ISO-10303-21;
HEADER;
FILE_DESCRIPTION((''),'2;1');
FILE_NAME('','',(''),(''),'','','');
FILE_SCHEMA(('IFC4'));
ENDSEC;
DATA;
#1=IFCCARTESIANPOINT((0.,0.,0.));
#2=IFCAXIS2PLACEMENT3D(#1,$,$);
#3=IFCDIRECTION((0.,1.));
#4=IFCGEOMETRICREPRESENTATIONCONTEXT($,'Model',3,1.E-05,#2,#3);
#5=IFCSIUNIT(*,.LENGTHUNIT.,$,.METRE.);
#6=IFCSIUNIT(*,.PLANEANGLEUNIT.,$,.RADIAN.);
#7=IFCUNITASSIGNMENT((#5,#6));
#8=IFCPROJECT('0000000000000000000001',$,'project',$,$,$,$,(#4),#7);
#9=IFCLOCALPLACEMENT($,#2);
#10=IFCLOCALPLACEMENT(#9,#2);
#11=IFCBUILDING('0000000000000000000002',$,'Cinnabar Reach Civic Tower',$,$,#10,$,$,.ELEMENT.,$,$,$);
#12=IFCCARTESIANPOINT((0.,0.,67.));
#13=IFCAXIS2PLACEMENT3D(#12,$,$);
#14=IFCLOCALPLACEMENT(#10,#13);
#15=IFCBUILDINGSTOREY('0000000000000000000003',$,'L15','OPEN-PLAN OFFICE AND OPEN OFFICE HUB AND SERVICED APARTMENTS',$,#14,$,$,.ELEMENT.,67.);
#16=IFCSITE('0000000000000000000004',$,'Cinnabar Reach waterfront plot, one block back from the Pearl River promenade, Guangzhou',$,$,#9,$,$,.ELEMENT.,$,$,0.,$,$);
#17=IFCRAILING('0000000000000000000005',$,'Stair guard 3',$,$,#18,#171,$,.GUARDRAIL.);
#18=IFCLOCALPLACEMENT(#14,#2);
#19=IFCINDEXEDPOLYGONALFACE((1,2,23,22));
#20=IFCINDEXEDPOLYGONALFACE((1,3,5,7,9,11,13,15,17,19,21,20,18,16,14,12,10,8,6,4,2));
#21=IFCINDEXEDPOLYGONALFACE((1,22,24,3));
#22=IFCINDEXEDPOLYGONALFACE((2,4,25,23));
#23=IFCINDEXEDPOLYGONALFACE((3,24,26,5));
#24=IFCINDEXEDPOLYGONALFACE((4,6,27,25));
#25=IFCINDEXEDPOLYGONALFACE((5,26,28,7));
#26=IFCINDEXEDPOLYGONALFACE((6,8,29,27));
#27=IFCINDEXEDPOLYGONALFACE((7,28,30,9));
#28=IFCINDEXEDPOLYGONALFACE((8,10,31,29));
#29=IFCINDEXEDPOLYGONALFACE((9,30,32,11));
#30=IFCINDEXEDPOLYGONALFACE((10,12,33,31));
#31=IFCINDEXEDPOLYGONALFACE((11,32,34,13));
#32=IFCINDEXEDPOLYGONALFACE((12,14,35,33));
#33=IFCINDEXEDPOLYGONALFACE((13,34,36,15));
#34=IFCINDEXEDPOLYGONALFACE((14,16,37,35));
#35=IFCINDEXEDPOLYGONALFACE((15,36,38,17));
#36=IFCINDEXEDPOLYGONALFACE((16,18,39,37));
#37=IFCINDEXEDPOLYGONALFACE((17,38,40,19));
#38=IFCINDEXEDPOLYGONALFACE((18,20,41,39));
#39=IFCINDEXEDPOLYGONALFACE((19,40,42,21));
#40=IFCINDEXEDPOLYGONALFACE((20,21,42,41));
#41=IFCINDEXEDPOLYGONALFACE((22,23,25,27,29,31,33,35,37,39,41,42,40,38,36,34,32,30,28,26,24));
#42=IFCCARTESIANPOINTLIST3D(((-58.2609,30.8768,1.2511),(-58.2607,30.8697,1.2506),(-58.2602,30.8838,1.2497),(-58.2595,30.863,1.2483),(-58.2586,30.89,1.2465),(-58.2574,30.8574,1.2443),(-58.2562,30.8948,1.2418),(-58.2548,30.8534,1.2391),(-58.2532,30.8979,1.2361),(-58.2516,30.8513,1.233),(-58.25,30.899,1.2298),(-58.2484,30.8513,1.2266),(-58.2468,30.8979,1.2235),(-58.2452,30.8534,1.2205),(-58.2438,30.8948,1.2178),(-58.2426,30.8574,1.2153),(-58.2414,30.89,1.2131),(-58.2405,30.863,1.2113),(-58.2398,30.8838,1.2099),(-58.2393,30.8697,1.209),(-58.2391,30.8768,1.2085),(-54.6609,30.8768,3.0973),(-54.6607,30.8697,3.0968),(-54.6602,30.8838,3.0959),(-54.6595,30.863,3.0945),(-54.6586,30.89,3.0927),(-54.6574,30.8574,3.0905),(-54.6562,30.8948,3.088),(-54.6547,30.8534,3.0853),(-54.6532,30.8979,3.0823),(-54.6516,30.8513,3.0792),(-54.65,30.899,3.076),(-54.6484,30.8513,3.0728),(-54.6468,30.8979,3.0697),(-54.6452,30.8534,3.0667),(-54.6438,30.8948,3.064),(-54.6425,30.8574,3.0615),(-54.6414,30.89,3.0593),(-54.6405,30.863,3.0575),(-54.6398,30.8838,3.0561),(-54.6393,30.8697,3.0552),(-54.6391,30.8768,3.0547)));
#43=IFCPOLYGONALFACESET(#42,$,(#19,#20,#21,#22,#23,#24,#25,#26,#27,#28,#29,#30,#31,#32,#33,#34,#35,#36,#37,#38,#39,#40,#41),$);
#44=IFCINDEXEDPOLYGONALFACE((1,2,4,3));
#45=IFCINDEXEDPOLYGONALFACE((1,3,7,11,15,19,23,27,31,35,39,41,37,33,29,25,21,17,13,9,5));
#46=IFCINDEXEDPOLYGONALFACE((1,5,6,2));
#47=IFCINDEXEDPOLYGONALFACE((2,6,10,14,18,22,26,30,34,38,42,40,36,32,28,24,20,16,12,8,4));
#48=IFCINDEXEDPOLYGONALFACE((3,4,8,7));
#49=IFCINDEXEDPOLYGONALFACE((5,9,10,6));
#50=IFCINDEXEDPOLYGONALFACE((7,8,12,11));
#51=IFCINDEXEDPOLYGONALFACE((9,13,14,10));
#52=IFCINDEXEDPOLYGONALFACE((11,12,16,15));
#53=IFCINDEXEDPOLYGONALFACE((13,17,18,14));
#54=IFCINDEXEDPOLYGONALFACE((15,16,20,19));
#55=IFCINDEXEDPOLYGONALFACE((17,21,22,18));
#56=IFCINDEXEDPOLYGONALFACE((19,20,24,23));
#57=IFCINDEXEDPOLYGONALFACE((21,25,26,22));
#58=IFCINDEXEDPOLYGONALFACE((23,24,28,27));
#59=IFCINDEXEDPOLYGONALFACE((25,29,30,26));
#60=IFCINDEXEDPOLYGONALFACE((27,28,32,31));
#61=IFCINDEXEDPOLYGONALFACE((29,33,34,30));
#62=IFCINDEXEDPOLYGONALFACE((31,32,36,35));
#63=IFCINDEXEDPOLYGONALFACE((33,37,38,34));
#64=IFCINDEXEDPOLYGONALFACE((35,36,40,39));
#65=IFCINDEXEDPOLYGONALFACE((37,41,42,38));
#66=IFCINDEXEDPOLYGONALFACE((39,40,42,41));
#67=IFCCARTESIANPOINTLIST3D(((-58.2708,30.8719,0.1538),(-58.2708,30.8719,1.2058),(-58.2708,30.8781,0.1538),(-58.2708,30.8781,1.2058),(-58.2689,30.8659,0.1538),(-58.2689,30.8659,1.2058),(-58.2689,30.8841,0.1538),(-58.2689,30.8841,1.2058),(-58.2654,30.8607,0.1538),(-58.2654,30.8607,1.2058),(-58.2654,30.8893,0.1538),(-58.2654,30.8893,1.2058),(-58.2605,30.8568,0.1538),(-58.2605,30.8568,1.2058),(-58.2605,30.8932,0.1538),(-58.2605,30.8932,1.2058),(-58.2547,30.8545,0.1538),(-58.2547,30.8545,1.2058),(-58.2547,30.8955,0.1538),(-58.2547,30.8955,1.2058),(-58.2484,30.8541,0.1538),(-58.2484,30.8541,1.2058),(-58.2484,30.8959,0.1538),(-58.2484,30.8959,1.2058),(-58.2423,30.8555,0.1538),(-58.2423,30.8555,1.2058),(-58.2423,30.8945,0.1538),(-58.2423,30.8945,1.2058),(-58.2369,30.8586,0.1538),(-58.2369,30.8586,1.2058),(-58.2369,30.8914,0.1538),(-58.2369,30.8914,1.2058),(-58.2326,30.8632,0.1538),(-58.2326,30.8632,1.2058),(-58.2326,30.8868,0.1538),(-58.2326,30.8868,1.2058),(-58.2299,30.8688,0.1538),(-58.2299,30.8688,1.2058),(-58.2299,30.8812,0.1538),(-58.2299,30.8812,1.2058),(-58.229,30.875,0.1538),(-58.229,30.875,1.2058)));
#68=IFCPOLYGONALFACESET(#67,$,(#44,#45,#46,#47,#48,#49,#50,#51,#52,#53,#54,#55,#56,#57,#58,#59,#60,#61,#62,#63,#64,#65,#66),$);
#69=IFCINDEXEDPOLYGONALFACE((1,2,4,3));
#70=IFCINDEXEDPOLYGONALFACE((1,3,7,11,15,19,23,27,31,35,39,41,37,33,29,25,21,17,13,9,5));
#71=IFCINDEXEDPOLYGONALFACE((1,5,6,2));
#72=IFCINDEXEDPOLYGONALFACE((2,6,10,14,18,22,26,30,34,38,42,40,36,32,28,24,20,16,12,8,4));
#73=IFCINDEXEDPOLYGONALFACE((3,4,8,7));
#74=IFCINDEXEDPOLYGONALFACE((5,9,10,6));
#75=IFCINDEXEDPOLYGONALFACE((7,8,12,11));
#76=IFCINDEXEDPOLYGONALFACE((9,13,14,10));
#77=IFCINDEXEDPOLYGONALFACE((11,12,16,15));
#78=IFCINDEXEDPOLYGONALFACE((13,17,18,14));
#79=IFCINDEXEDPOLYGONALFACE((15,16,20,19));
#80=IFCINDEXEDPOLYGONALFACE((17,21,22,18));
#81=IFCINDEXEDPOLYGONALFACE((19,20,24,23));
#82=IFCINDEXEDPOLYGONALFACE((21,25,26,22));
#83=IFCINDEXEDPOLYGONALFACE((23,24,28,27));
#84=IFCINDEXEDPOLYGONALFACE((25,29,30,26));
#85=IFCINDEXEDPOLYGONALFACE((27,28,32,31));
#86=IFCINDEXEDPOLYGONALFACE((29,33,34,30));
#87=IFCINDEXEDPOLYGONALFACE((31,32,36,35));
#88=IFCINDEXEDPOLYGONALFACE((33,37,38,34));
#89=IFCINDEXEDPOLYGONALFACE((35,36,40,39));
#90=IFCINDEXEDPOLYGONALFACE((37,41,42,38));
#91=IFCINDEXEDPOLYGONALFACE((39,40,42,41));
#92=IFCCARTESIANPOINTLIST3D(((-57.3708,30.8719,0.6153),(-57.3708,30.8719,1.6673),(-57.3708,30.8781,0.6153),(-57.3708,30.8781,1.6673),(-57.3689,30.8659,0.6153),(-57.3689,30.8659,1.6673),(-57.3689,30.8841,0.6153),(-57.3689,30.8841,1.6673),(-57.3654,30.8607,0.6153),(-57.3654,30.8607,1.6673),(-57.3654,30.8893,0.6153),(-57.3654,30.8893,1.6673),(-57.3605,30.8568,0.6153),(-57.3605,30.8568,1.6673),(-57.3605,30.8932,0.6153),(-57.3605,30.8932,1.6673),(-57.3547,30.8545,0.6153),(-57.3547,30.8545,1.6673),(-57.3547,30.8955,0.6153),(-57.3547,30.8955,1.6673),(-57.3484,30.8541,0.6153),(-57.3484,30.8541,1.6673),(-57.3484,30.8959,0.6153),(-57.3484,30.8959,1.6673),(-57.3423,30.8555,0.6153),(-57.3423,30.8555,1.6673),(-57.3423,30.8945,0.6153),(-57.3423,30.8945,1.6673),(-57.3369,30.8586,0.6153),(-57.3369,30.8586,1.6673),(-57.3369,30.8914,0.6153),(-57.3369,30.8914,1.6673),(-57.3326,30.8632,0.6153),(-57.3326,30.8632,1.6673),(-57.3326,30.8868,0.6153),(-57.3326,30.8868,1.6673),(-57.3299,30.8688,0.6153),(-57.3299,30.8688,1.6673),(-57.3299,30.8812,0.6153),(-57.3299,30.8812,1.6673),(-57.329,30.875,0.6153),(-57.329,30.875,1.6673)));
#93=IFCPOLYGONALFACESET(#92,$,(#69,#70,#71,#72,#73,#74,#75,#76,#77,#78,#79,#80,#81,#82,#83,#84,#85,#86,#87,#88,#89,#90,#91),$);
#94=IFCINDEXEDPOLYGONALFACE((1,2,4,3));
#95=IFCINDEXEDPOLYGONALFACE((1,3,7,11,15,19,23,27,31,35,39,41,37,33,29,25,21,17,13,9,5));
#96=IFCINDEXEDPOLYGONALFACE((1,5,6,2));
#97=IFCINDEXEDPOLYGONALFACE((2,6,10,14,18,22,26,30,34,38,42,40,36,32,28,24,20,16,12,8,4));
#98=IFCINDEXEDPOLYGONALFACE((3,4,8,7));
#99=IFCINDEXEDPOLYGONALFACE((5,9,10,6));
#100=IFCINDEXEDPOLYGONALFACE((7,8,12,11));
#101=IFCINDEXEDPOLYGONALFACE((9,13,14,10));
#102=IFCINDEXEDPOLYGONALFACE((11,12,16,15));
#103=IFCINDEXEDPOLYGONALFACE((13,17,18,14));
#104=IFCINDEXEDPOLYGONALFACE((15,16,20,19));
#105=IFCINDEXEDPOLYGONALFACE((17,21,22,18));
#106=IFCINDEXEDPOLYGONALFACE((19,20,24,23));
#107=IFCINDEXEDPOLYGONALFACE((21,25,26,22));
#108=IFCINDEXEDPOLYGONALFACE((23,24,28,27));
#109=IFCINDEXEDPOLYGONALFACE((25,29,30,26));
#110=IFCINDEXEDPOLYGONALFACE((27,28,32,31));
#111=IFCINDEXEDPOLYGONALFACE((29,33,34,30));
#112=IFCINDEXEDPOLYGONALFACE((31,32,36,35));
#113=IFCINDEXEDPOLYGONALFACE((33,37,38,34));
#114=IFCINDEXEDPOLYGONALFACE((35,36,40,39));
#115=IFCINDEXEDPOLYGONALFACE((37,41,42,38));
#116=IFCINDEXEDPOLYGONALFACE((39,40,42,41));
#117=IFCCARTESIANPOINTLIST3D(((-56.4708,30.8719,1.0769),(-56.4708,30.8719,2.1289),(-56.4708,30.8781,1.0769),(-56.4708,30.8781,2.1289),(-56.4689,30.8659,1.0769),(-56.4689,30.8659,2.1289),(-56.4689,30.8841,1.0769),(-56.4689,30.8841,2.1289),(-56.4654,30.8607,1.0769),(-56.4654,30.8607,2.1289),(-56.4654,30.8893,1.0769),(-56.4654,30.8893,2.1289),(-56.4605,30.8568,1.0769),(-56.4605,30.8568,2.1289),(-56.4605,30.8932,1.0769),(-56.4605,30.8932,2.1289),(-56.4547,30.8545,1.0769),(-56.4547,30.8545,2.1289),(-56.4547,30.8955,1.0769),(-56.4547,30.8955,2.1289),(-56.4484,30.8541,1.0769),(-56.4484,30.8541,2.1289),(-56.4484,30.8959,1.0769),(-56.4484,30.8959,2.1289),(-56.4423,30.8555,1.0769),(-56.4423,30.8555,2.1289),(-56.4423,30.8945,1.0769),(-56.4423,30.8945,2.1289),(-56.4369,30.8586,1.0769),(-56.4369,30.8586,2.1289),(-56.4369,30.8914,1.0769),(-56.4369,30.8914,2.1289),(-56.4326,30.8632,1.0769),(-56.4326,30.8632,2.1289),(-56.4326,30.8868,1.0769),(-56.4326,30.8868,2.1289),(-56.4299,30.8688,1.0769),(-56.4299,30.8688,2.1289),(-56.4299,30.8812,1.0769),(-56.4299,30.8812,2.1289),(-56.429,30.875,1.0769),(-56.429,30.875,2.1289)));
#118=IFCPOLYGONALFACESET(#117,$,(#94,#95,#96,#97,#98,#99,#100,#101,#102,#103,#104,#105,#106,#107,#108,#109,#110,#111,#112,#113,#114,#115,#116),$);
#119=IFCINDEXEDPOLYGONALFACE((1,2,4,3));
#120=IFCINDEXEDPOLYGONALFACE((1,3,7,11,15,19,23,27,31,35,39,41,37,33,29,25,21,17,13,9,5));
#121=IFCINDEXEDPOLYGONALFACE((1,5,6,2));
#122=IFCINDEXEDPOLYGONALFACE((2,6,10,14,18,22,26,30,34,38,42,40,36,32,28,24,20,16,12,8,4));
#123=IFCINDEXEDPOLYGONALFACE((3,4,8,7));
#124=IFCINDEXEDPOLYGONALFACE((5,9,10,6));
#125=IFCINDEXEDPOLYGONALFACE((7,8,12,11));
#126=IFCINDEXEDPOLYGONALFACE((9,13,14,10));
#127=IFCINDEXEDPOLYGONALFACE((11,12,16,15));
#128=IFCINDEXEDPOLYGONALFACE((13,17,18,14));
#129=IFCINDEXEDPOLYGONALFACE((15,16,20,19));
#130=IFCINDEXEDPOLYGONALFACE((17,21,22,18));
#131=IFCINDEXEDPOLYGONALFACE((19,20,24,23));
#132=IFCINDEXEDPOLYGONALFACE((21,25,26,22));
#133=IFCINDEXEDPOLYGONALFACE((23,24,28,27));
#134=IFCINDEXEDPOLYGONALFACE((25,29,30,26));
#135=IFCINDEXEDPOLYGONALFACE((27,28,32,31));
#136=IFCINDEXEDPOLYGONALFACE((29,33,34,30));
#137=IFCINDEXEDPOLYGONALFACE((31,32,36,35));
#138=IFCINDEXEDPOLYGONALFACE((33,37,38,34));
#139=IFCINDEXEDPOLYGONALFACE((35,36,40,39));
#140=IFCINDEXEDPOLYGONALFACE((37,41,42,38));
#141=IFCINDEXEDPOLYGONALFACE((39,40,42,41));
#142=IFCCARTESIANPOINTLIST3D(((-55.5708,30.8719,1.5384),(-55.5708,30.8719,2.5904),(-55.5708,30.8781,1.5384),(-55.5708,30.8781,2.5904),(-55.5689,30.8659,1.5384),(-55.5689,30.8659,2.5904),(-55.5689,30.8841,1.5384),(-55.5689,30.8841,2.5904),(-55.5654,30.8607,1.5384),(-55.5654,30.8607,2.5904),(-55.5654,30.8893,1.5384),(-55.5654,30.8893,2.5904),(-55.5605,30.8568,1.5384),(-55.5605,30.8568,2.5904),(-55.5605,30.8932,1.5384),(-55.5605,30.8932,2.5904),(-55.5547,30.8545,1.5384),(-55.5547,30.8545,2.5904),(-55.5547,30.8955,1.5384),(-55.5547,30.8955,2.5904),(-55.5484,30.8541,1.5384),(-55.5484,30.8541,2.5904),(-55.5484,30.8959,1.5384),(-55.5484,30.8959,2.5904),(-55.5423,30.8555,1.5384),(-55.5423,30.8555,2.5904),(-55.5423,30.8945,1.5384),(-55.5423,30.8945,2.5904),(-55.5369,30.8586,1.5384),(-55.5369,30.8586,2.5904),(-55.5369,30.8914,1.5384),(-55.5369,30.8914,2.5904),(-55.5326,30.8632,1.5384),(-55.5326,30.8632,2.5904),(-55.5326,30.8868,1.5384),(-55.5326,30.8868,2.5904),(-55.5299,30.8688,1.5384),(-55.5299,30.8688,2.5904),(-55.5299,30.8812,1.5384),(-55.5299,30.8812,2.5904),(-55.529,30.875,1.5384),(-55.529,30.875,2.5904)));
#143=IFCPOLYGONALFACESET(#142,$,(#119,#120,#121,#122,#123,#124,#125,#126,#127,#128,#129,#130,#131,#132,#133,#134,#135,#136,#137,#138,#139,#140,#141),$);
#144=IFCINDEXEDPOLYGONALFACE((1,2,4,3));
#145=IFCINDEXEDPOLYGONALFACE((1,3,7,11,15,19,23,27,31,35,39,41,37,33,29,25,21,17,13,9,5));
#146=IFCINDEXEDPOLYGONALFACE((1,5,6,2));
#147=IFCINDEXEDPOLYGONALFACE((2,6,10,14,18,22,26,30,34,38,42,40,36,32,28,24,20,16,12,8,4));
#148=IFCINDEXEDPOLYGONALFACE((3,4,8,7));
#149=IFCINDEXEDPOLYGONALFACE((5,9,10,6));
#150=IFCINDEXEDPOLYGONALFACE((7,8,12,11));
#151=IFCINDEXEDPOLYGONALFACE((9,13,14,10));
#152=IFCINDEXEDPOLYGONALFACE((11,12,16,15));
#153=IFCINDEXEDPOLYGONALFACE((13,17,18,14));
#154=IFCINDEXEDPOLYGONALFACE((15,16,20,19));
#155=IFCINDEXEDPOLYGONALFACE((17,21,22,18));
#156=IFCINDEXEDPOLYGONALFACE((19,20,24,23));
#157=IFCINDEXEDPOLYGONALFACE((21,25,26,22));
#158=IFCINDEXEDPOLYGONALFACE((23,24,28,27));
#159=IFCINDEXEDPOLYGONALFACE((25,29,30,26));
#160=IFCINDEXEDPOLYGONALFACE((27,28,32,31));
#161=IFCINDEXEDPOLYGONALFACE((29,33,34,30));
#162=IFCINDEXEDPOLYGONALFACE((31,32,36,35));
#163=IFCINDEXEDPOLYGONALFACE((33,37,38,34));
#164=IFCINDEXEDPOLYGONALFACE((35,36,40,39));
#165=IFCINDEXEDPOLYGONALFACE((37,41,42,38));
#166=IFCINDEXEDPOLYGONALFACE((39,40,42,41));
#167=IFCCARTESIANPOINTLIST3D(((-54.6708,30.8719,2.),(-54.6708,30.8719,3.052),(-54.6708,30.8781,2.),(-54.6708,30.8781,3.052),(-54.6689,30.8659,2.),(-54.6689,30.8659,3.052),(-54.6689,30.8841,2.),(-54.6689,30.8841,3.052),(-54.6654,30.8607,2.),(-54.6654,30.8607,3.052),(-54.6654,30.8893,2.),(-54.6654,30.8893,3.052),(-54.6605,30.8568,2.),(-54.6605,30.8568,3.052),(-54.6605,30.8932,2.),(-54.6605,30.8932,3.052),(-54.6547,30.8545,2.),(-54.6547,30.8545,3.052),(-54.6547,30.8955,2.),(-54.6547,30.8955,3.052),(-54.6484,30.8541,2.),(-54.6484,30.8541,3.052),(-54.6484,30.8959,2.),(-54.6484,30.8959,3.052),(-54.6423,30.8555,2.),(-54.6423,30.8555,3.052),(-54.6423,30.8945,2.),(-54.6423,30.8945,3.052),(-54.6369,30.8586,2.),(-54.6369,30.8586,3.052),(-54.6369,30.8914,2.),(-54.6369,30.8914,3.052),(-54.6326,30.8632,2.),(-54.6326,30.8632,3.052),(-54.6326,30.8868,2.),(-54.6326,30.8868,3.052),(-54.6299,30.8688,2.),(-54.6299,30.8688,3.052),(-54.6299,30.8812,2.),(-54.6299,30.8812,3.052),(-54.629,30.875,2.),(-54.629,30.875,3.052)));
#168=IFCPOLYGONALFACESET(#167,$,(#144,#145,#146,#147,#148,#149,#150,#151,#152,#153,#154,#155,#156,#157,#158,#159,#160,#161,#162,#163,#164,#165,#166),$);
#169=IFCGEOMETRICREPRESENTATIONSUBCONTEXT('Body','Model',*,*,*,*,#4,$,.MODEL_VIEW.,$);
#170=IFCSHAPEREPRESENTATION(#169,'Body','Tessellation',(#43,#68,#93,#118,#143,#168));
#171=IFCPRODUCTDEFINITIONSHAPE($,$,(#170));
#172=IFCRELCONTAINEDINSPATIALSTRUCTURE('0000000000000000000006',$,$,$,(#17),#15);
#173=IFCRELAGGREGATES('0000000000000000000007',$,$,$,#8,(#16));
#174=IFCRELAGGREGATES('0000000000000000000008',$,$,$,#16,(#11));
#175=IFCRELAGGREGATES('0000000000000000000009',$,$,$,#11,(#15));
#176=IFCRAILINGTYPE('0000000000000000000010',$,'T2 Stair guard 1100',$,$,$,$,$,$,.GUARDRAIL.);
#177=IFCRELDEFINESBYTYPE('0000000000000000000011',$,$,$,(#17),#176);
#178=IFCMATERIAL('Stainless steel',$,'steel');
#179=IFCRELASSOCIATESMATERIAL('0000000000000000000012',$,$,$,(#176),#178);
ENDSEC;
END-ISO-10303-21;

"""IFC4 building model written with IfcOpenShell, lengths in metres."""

from ifc_helpers import new_model, si_unit, direction, frame, origin, origin_2d, place, context, subcontext, project, spatial, circle, extrude, material, type_object, element, save


model = new_model("IFC4")

# Units and contexts
model_context = context("Model", 3, precision=1e-05, world=origin(), true_north=direction((0.0, 1.0)))
body_context = subcontext(model_context, "Body", "Model", "MODEL_VIEW")
ifc_project = project(units=[si_unit("LENGTHUNIT", "METRE"), si_unit("PLANEANGLEUNIT", "RADIAN")], contexts=[model_context])

# Site, building, storey
site_placement = place(None, origin())
site = spatial("IfcSite", under=ifc_project, at=site_placement, Name="Cinnabar Reach waterfront plot, one block back from the Pearl River promenade, Guangzhou", CompositionType="ELEMENT", RefElevation=0.0)
building_placement = place(site_placement, origin())
building = spatial("IfcBuilding", under=site, at=building_placement, Name="Cinnabar Reach Civic Tower", CompositionType="ELEMENT")
storey_placement = place(building_placement, frame((0.0, 0.0, 67.0)))
storey = spatial("IfcBuildingStorey", under=building, at=storey_placement, Name="L15", Description="OPEN-PLAN OFFICE AND OPEN OFFICE HUB AND SERVICED APARTMENTS", CompositionType="ELEMENT", Elevation=67.0)

# Railing
ifc_material_1 = material(Name="Stainless steel", Category="steel")
railing_type = type_object("IfcRailingType", Name="T2 Stair guard 1100", PredefinedType="GUARDRAIL", material=ifc_material_1)
railing_1_placement = place(storey_placement, frame((-58.25, 30.875, 0.1538)))
element("IfcRailing", 1, at=railing_1_placement, inside=storey, type_object=railing_type, Name="Stair guard 3", PredefinedType="GUARDRAIL", context=body_context, shape_type="SweptSolid", body=[
    extrude(circle(Radius=0.024, at=origin_2d()), frame((0.0, 0.0, 1.076), z_axis=(0.889813, 0.0, 0.456326), x_axis=(0.0, 1.0, 0.0)), (0.0, 0.0, 1.0), 4.0458),
    extrude(circle(Radius=0.021, at=origin_2d()), origin(), (0.0, 0.0, 1.0), 1.052),
    extrude(circle(Radius=0.021, at=origin_2d()), frame((0.9, 0.0, 0.4615)), (0.0, 0.0, 1.0), 1.052),
    extrude(circle(Radius=0.021, at=origin_2d()), frame((1.8, 0.0, 0.9231)), (0.0, 0.0, 1.0), 1.052),
    extrude(circle(Radius=0.021, at=origin_2d()), frame((2.7, 0.0, 1.3846)), (0.0, 0.0, 1.0), 1.052),
    extrude(circle(Radius=0.021, at=origin_2d()), frame((3.6, 0.0, 1.8462)), (0.0, 0.0, 1.0), 1.052),
])

save(model, "model.ifc")
